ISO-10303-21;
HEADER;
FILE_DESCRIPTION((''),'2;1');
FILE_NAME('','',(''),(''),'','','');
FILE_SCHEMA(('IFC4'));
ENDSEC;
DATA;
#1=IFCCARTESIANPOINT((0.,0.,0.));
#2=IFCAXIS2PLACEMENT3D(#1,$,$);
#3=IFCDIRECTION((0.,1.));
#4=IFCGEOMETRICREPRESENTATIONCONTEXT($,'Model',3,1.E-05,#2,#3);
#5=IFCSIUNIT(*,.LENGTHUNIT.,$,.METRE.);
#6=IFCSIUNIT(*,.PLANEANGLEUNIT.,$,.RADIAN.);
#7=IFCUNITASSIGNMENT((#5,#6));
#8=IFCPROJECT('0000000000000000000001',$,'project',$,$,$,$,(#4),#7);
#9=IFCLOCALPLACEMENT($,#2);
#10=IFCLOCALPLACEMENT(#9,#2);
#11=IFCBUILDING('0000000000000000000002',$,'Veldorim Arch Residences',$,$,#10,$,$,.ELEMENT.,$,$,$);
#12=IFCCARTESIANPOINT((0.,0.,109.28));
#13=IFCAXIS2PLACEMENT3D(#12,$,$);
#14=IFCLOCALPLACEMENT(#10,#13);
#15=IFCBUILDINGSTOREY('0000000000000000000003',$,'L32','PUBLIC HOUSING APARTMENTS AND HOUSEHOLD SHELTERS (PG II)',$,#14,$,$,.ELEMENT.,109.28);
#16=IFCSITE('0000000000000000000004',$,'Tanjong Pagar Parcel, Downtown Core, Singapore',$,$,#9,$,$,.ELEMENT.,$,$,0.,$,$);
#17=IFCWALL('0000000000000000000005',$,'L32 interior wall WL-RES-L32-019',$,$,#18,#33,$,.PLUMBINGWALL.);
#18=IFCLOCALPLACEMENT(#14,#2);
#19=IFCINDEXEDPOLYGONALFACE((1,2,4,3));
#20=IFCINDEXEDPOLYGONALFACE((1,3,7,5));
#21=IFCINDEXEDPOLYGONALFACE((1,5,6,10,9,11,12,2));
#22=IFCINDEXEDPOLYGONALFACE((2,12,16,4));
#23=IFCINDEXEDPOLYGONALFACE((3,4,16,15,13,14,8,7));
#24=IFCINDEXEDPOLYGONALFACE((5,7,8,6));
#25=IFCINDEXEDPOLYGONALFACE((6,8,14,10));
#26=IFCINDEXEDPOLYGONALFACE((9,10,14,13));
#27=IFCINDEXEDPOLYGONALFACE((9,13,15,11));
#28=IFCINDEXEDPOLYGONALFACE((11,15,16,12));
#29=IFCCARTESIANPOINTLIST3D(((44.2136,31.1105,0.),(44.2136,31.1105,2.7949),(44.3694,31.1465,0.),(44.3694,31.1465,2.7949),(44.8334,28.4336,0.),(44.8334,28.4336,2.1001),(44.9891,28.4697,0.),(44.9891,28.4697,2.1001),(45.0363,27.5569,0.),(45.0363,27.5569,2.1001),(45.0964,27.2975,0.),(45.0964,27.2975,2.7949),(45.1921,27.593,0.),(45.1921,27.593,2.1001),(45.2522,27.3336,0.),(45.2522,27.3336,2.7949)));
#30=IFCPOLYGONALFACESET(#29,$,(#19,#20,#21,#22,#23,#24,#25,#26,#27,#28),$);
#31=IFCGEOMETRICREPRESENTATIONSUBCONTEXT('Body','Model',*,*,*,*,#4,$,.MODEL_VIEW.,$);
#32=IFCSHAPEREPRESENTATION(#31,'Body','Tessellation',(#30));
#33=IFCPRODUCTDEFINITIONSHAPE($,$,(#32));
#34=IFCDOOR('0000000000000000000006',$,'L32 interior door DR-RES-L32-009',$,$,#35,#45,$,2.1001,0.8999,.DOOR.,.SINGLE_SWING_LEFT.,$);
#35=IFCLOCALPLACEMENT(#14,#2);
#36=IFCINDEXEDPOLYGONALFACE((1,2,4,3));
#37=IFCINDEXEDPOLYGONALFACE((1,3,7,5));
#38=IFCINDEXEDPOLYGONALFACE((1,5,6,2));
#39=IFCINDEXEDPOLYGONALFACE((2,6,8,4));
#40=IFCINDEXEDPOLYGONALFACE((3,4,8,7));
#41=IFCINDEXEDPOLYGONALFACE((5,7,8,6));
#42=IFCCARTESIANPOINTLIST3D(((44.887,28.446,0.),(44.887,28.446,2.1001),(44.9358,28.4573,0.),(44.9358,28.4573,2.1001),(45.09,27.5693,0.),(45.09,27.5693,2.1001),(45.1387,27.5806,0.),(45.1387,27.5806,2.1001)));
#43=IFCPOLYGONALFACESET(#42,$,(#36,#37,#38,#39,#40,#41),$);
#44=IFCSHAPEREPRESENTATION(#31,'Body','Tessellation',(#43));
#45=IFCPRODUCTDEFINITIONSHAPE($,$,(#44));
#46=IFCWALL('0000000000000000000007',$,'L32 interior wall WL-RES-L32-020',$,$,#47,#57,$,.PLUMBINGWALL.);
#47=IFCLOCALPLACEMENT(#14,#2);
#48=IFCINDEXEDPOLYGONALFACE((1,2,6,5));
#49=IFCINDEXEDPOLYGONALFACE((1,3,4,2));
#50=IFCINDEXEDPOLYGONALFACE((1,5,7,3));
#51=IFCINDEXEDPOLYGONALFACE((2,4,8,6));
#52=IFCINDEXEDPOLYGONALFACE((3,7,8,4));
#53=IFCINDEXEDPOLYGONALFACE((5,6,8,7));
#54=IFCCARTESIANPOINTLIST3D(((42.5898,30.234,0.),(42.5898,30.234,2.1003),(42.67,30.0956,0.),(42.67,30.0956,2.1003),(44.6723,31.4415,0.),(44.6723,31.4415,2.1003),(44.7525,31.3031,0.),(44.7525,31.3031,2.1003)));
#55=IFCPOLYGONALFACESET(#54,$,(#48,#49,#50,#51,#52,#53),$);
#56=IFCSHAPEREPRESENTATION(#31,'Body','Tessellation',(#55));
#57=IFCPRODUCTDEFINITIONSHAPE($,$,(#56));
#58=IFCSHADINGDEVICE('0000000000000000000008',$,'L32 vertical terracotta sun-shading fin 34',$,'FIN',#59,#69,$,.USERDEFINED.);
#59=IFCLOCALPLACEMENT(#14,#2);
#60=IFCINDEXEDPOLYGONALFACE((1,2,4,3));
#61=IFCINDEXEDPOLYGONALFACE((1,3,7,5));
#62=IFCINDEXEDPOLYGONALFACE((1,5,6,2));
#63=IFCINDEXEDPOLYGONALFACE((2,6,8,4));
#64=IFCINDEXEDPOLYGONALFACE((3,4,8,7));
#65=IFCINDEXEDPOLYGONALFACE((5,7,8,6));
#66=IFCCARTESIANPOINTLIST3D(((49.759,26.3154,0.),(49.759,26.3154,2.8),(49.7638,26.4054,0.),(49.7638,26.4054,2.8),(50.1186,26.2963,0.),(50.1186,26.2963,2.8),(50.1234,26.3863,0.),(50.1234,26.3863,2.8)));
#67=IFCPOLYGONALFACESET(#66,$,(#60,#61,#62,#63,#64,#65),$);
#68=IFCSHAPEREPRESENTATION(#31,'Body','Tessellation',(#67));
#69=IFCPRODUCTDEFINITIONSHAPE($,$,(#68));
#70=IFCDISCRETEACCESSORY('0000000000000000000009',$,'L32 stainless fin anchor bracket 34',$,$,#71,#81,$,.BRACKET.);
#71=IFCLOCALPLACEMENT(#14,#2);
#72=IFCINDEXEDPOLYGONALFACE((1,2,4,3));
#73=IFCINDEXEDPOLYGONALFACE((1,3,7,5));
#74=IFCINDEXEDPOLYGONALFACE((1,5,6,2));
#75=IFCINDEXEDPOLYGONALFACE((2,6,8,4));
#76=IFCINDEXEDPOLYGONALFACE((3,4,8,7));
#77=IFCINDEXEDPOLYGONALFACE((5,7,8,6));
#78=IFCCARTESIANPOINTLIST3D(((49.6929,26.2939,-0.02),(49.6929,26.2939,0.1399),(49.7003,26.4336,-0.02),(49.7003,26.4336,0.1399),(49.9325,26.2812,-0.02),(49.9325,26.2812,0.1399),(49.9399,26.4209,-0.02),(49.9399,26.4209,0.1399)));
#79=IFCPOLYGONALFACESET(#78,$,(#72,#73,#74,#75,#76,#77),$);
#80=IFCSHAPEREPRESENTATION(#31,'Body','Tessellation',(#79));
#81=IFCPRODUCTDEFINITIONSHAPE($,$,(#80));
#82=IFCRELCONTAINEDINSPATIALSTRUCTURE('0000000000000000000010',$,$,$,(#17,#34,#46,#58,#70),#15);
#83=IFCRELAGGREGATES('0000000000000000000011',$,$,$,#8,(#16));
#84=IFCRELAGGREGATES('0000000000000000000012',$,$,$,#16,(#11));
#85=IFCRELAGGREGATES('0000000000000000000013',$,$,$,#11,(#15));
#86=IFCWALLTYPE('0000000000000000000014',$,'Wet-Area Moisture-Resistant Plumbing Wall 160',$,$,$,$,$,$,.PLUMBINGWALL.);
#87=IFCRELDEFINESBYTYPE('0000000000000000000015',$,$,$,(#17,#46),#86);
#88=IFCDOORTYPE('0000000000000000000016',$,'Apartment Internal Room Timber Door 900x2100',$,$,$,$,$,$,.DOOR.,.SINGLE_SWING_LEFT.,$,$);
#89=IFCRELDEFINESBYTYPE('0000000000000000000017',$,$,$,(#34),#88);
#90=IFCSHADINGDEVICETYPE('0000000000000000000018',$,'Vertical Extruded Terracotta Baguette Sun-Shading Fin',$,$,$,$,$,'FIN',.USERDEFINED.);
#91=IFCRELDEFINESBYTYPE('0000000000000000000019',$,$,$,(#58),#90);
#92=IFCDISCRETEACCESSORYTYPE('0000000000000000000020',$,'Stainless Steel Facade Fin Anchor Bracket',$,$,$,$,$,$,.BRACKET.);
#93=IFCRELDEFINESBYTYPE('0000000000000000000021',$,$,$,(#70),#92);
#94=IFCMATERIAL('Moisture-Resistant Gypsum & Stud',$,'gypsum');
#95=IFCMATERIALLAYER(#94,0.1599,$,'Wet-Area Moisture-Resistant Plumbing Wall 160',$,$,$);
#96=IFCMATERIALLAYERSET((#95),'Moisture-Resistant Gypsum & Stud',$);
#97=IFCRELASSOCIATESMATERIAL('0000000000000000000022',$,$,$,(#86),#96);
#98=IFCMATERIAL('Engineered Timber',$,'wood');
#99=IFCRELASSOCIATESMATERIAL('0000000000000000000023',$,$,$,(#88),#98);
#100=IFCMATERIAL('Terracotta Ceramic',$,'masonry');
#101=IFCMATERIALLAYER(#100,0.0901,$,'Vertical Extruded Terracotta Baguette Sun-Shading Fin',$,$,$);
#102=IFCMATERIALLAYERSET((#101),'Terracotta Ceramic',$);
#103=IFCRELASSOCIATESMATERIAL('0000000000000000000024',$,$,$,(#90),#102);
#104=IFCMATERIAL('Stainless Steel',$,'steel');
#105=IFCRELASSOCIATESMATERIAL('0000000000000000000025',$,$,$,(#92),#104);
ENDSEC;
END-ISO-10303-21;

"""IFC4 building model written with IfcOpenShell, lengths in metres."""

from ifc_helpers import new_model, si_unit, direction, frame, frame_2d, origin, origin_2d, place, context, subcontext, project, spatial, rectangle, extrude, material, layer, layer_set, type_object, element, fill, save


model = new_model("IFC4")

# Units and contexts
model_context = context("Model", 3, precision=1e-05, world=origin(), true_north=direction((0.0, 1.0)))
body_context = subcontext(model_context, "Body", "Model", "MODEL_VIEW")
ifc_project = project(units=[si_unit("LENGTHUNIT", "METRE"), si_unit("PLANEANGLEUNIT", "RADIAN")], contexts=[model_context])

# Site, building, storey
site_placement = place(None, origin())
site = spatial("IfcSite", under=ifc_project, at=site_placement, Name="Tanjong Pagar Parcel, Downtown Core, Singapore", CompositionType="ELEMENT", RefElevation=0.0)
building_placement = place(site_placement, origin())
building = spatial("IfcBuilding", under=site, at=building_placement, Name="Veldorim Arch Residences", CompositionType="ELEMENT")
storey_placement = place(building_placement, frame((0.0, 0.0, 109.28)))
storey = spatial("IfcBuildingStorey", under=building, at=storey_placement, Name="L32", Description="PUBLIC HOUSING APARTMENTS AND HOUSEHOLD SHELTERS (PG II)", CompositionType="ELEMENT", Elevation=109.28)

# Shared definitions
ifc_material_1 = material(Name="Moisture-Resistant Gypsum & Stud", Category="gypsum")
ifc_layer_1 = layer(ifc_material_1, 0.1599, Name="Wet-Area Moisture-Resistant Plumbing Wall 160")
ifc_layer_set_1 = layer_set([ifc_layer_1], Name="Moisture-Resistant Gypsum & Stud")
wall_type_1 = type_object("IfcWallType", Name="Wet-Area Moisture-Resistant Plumbing Wall 160", PredefinedType="PLUMBINGWALL", material=ifc_layer_set_1)

# Wall, opening, door
wall_1_placement = place(storey_placement, frame((45.1743, 27.3154, 0.0), z_axis=(0.0, 0.0, 1.0), x_axis=(-0.225561, 0.974229, 0.0)))
wall_1 = element("IfcWall", 1, at=wall_1_placement, inside=storey, type_object=wall_type_1, Name="L32 interior wall WL-RES-L32-019", PredefinedType="PLUMBINGWALL", context=body_context, shape_type="SweptSolid", body=[
    extrude(rectangle(XDim=3.9138, YDim=0.1599, at=frame_2d((1.957, 0.0))), origin(), (0.0, 0.0, 1.0), 2.7949),
])
opening_1_placement = place(wall_1_placement, frame((0.2664, 0.0, 0.0)))
opening_1 = element("IfcOpeningElement", 2, at=opening_1_placement, cuts=wall_1, PredefinedType="OPENING", context=body_context, shape_type="SweptSolid", body=[
    extrude(rectangle(XDim=0.8999, YDim=2.1001, at=frame_2d((0.45, 1.05))), frame((0.0, 0.0898, 0.0), z_axis=(0.0, -1.0, 0.0), x_axis=(1.0, 0.0, 0.0)), (0.0, 0.0, 1.0), 0.1799),
])
ifc_material_2 = material(Name="Engineered Timber", Category="wood")
door_type_1 = type_object("IfcDoorType", Name="Apartment Internal Room Timber Door 900x2100", OperationType="SINGLE_SWING_LEFT", PredefinedType="DOOR", material=ifc_material_2)
door_1_placement = place(opening_1_placement, origin())
door_1 = element("IfcDoor", 3, at=door_1_placement, inside=storey, type_object=door_type_1, Name="L32 interior door DR-RES-L32-009", OperationType="SINGLE_SWING_LEFT", OverallHeight=2.1001, OverallWidth=0.8999, PredefinedType="DOOR", context=body_context, shape_type="SweptSolid", body=[
    extrude(rectangle(XDim=0.8999, YDim=2.1001, at=frame_2d((0.45, 1.05))), frame((0.0, 0.0249, 0.0), z_axis=(0.0, -1.0, 0.0), x_axis=(1.0, 0.0, 0.0)), (0.0, 0.0, 1.0), 0.05),
])
fill(opening_1, door_1)

# Wall
wall_2_placement = place(storey_placement, frame((42.6299, 30.1648, 0.0), z_axis=(0.0, 0.0, 1.0), x_axis=(0.865093, 0.501612, 0.0)))
element("IfcWall", 4, at=wall_2_placement, inside=storey, type_object=wall_type_1, Name="L32 interior wall WL-RES-L32-020", PredefinedType="PLUMBINGWALL", context=body_context, shape_type="SweptSolid", body=[
    extrude(rectangle(XDim=2.4072, YDim=0.1599, at=frame_2d((1.2036, 0.0))), origin(), (0.0, 0.0, 1.0), 2.1003),
])

# Shading device
ifc_material_3 = material(Name="Terracotta Ceramic", Category="masonry")
ifc_layer_2 = layer(ifc_material_3, 0.0901, Name="Vertical Extruded Terracotta Baguette Sun-Shading Fin")
ifc_layer_set_2 = layer_set([ifc_layer_2], Name="Terracotta Ceramic")
shading_device_type = type_object("IfcShadingDeviceType", Name="Vertical Extruded Terracotta Baguette Sun-Shading Fin", ElementType="FIN", PredefinedType="USERDEFINED", material=ifc_layer_set_2)
shading_device_placement = place(storey_placement, frame((49.9412, 26.3508, 0.0), z_axis=(0.0, 0.0, 1.0), x_axis=(-0.053033, -0.998593, 0.0)))
element("IfcShadingDevice", 5, at=shading_device_placement, inside=storey, type_object=shading_device_type, Name="L32 vertical terracotta sun-shading fin 34", ObjectType="FIN", PredefinedType="USERDEFINED", context=body_context, shape_type="SweptSolid", body=[
    extrude(rectangle(XDim=0.0901, YDim=0.3601, at=origin_2d()), origin(), (0.0, 0.0, 1.0), 2.8),
])

# Discrete accessory
ifc_material_4 = material(Name="Stainless Steel", Category="steel")
discrete_accessory_type = type_object("IfcDiscreteAccessoryType", Name="Stainless Steel Facade Fin Anchor Bracket", PredefinedType="BRACKET", material=ifc_material_4)
discrete_accessory_placement = place(storey_placement, frame((49.8164, 26.3574, -0.02), z_axis=(0.0, 0.0, 1.0), x_axis=(-0.053033, -0.998593, 0.0)))
element("IfcDiscreteAccessory", 6, at=discrete_accessory_placement, inside=storey, type_object=discrete_accessory_type, Name="L32 stainless fin anchor bracket 34", PredefinedType="BRACKET", context=body_context, shape_type="SweptSolid", body=[
    extrude(rectangle(XDim=0.1399, YDim=0.24, at=origin_2d()), origin(), (0.0, 0.0, 1.0), 0.1599),
])

save(model, "model.ifc")
